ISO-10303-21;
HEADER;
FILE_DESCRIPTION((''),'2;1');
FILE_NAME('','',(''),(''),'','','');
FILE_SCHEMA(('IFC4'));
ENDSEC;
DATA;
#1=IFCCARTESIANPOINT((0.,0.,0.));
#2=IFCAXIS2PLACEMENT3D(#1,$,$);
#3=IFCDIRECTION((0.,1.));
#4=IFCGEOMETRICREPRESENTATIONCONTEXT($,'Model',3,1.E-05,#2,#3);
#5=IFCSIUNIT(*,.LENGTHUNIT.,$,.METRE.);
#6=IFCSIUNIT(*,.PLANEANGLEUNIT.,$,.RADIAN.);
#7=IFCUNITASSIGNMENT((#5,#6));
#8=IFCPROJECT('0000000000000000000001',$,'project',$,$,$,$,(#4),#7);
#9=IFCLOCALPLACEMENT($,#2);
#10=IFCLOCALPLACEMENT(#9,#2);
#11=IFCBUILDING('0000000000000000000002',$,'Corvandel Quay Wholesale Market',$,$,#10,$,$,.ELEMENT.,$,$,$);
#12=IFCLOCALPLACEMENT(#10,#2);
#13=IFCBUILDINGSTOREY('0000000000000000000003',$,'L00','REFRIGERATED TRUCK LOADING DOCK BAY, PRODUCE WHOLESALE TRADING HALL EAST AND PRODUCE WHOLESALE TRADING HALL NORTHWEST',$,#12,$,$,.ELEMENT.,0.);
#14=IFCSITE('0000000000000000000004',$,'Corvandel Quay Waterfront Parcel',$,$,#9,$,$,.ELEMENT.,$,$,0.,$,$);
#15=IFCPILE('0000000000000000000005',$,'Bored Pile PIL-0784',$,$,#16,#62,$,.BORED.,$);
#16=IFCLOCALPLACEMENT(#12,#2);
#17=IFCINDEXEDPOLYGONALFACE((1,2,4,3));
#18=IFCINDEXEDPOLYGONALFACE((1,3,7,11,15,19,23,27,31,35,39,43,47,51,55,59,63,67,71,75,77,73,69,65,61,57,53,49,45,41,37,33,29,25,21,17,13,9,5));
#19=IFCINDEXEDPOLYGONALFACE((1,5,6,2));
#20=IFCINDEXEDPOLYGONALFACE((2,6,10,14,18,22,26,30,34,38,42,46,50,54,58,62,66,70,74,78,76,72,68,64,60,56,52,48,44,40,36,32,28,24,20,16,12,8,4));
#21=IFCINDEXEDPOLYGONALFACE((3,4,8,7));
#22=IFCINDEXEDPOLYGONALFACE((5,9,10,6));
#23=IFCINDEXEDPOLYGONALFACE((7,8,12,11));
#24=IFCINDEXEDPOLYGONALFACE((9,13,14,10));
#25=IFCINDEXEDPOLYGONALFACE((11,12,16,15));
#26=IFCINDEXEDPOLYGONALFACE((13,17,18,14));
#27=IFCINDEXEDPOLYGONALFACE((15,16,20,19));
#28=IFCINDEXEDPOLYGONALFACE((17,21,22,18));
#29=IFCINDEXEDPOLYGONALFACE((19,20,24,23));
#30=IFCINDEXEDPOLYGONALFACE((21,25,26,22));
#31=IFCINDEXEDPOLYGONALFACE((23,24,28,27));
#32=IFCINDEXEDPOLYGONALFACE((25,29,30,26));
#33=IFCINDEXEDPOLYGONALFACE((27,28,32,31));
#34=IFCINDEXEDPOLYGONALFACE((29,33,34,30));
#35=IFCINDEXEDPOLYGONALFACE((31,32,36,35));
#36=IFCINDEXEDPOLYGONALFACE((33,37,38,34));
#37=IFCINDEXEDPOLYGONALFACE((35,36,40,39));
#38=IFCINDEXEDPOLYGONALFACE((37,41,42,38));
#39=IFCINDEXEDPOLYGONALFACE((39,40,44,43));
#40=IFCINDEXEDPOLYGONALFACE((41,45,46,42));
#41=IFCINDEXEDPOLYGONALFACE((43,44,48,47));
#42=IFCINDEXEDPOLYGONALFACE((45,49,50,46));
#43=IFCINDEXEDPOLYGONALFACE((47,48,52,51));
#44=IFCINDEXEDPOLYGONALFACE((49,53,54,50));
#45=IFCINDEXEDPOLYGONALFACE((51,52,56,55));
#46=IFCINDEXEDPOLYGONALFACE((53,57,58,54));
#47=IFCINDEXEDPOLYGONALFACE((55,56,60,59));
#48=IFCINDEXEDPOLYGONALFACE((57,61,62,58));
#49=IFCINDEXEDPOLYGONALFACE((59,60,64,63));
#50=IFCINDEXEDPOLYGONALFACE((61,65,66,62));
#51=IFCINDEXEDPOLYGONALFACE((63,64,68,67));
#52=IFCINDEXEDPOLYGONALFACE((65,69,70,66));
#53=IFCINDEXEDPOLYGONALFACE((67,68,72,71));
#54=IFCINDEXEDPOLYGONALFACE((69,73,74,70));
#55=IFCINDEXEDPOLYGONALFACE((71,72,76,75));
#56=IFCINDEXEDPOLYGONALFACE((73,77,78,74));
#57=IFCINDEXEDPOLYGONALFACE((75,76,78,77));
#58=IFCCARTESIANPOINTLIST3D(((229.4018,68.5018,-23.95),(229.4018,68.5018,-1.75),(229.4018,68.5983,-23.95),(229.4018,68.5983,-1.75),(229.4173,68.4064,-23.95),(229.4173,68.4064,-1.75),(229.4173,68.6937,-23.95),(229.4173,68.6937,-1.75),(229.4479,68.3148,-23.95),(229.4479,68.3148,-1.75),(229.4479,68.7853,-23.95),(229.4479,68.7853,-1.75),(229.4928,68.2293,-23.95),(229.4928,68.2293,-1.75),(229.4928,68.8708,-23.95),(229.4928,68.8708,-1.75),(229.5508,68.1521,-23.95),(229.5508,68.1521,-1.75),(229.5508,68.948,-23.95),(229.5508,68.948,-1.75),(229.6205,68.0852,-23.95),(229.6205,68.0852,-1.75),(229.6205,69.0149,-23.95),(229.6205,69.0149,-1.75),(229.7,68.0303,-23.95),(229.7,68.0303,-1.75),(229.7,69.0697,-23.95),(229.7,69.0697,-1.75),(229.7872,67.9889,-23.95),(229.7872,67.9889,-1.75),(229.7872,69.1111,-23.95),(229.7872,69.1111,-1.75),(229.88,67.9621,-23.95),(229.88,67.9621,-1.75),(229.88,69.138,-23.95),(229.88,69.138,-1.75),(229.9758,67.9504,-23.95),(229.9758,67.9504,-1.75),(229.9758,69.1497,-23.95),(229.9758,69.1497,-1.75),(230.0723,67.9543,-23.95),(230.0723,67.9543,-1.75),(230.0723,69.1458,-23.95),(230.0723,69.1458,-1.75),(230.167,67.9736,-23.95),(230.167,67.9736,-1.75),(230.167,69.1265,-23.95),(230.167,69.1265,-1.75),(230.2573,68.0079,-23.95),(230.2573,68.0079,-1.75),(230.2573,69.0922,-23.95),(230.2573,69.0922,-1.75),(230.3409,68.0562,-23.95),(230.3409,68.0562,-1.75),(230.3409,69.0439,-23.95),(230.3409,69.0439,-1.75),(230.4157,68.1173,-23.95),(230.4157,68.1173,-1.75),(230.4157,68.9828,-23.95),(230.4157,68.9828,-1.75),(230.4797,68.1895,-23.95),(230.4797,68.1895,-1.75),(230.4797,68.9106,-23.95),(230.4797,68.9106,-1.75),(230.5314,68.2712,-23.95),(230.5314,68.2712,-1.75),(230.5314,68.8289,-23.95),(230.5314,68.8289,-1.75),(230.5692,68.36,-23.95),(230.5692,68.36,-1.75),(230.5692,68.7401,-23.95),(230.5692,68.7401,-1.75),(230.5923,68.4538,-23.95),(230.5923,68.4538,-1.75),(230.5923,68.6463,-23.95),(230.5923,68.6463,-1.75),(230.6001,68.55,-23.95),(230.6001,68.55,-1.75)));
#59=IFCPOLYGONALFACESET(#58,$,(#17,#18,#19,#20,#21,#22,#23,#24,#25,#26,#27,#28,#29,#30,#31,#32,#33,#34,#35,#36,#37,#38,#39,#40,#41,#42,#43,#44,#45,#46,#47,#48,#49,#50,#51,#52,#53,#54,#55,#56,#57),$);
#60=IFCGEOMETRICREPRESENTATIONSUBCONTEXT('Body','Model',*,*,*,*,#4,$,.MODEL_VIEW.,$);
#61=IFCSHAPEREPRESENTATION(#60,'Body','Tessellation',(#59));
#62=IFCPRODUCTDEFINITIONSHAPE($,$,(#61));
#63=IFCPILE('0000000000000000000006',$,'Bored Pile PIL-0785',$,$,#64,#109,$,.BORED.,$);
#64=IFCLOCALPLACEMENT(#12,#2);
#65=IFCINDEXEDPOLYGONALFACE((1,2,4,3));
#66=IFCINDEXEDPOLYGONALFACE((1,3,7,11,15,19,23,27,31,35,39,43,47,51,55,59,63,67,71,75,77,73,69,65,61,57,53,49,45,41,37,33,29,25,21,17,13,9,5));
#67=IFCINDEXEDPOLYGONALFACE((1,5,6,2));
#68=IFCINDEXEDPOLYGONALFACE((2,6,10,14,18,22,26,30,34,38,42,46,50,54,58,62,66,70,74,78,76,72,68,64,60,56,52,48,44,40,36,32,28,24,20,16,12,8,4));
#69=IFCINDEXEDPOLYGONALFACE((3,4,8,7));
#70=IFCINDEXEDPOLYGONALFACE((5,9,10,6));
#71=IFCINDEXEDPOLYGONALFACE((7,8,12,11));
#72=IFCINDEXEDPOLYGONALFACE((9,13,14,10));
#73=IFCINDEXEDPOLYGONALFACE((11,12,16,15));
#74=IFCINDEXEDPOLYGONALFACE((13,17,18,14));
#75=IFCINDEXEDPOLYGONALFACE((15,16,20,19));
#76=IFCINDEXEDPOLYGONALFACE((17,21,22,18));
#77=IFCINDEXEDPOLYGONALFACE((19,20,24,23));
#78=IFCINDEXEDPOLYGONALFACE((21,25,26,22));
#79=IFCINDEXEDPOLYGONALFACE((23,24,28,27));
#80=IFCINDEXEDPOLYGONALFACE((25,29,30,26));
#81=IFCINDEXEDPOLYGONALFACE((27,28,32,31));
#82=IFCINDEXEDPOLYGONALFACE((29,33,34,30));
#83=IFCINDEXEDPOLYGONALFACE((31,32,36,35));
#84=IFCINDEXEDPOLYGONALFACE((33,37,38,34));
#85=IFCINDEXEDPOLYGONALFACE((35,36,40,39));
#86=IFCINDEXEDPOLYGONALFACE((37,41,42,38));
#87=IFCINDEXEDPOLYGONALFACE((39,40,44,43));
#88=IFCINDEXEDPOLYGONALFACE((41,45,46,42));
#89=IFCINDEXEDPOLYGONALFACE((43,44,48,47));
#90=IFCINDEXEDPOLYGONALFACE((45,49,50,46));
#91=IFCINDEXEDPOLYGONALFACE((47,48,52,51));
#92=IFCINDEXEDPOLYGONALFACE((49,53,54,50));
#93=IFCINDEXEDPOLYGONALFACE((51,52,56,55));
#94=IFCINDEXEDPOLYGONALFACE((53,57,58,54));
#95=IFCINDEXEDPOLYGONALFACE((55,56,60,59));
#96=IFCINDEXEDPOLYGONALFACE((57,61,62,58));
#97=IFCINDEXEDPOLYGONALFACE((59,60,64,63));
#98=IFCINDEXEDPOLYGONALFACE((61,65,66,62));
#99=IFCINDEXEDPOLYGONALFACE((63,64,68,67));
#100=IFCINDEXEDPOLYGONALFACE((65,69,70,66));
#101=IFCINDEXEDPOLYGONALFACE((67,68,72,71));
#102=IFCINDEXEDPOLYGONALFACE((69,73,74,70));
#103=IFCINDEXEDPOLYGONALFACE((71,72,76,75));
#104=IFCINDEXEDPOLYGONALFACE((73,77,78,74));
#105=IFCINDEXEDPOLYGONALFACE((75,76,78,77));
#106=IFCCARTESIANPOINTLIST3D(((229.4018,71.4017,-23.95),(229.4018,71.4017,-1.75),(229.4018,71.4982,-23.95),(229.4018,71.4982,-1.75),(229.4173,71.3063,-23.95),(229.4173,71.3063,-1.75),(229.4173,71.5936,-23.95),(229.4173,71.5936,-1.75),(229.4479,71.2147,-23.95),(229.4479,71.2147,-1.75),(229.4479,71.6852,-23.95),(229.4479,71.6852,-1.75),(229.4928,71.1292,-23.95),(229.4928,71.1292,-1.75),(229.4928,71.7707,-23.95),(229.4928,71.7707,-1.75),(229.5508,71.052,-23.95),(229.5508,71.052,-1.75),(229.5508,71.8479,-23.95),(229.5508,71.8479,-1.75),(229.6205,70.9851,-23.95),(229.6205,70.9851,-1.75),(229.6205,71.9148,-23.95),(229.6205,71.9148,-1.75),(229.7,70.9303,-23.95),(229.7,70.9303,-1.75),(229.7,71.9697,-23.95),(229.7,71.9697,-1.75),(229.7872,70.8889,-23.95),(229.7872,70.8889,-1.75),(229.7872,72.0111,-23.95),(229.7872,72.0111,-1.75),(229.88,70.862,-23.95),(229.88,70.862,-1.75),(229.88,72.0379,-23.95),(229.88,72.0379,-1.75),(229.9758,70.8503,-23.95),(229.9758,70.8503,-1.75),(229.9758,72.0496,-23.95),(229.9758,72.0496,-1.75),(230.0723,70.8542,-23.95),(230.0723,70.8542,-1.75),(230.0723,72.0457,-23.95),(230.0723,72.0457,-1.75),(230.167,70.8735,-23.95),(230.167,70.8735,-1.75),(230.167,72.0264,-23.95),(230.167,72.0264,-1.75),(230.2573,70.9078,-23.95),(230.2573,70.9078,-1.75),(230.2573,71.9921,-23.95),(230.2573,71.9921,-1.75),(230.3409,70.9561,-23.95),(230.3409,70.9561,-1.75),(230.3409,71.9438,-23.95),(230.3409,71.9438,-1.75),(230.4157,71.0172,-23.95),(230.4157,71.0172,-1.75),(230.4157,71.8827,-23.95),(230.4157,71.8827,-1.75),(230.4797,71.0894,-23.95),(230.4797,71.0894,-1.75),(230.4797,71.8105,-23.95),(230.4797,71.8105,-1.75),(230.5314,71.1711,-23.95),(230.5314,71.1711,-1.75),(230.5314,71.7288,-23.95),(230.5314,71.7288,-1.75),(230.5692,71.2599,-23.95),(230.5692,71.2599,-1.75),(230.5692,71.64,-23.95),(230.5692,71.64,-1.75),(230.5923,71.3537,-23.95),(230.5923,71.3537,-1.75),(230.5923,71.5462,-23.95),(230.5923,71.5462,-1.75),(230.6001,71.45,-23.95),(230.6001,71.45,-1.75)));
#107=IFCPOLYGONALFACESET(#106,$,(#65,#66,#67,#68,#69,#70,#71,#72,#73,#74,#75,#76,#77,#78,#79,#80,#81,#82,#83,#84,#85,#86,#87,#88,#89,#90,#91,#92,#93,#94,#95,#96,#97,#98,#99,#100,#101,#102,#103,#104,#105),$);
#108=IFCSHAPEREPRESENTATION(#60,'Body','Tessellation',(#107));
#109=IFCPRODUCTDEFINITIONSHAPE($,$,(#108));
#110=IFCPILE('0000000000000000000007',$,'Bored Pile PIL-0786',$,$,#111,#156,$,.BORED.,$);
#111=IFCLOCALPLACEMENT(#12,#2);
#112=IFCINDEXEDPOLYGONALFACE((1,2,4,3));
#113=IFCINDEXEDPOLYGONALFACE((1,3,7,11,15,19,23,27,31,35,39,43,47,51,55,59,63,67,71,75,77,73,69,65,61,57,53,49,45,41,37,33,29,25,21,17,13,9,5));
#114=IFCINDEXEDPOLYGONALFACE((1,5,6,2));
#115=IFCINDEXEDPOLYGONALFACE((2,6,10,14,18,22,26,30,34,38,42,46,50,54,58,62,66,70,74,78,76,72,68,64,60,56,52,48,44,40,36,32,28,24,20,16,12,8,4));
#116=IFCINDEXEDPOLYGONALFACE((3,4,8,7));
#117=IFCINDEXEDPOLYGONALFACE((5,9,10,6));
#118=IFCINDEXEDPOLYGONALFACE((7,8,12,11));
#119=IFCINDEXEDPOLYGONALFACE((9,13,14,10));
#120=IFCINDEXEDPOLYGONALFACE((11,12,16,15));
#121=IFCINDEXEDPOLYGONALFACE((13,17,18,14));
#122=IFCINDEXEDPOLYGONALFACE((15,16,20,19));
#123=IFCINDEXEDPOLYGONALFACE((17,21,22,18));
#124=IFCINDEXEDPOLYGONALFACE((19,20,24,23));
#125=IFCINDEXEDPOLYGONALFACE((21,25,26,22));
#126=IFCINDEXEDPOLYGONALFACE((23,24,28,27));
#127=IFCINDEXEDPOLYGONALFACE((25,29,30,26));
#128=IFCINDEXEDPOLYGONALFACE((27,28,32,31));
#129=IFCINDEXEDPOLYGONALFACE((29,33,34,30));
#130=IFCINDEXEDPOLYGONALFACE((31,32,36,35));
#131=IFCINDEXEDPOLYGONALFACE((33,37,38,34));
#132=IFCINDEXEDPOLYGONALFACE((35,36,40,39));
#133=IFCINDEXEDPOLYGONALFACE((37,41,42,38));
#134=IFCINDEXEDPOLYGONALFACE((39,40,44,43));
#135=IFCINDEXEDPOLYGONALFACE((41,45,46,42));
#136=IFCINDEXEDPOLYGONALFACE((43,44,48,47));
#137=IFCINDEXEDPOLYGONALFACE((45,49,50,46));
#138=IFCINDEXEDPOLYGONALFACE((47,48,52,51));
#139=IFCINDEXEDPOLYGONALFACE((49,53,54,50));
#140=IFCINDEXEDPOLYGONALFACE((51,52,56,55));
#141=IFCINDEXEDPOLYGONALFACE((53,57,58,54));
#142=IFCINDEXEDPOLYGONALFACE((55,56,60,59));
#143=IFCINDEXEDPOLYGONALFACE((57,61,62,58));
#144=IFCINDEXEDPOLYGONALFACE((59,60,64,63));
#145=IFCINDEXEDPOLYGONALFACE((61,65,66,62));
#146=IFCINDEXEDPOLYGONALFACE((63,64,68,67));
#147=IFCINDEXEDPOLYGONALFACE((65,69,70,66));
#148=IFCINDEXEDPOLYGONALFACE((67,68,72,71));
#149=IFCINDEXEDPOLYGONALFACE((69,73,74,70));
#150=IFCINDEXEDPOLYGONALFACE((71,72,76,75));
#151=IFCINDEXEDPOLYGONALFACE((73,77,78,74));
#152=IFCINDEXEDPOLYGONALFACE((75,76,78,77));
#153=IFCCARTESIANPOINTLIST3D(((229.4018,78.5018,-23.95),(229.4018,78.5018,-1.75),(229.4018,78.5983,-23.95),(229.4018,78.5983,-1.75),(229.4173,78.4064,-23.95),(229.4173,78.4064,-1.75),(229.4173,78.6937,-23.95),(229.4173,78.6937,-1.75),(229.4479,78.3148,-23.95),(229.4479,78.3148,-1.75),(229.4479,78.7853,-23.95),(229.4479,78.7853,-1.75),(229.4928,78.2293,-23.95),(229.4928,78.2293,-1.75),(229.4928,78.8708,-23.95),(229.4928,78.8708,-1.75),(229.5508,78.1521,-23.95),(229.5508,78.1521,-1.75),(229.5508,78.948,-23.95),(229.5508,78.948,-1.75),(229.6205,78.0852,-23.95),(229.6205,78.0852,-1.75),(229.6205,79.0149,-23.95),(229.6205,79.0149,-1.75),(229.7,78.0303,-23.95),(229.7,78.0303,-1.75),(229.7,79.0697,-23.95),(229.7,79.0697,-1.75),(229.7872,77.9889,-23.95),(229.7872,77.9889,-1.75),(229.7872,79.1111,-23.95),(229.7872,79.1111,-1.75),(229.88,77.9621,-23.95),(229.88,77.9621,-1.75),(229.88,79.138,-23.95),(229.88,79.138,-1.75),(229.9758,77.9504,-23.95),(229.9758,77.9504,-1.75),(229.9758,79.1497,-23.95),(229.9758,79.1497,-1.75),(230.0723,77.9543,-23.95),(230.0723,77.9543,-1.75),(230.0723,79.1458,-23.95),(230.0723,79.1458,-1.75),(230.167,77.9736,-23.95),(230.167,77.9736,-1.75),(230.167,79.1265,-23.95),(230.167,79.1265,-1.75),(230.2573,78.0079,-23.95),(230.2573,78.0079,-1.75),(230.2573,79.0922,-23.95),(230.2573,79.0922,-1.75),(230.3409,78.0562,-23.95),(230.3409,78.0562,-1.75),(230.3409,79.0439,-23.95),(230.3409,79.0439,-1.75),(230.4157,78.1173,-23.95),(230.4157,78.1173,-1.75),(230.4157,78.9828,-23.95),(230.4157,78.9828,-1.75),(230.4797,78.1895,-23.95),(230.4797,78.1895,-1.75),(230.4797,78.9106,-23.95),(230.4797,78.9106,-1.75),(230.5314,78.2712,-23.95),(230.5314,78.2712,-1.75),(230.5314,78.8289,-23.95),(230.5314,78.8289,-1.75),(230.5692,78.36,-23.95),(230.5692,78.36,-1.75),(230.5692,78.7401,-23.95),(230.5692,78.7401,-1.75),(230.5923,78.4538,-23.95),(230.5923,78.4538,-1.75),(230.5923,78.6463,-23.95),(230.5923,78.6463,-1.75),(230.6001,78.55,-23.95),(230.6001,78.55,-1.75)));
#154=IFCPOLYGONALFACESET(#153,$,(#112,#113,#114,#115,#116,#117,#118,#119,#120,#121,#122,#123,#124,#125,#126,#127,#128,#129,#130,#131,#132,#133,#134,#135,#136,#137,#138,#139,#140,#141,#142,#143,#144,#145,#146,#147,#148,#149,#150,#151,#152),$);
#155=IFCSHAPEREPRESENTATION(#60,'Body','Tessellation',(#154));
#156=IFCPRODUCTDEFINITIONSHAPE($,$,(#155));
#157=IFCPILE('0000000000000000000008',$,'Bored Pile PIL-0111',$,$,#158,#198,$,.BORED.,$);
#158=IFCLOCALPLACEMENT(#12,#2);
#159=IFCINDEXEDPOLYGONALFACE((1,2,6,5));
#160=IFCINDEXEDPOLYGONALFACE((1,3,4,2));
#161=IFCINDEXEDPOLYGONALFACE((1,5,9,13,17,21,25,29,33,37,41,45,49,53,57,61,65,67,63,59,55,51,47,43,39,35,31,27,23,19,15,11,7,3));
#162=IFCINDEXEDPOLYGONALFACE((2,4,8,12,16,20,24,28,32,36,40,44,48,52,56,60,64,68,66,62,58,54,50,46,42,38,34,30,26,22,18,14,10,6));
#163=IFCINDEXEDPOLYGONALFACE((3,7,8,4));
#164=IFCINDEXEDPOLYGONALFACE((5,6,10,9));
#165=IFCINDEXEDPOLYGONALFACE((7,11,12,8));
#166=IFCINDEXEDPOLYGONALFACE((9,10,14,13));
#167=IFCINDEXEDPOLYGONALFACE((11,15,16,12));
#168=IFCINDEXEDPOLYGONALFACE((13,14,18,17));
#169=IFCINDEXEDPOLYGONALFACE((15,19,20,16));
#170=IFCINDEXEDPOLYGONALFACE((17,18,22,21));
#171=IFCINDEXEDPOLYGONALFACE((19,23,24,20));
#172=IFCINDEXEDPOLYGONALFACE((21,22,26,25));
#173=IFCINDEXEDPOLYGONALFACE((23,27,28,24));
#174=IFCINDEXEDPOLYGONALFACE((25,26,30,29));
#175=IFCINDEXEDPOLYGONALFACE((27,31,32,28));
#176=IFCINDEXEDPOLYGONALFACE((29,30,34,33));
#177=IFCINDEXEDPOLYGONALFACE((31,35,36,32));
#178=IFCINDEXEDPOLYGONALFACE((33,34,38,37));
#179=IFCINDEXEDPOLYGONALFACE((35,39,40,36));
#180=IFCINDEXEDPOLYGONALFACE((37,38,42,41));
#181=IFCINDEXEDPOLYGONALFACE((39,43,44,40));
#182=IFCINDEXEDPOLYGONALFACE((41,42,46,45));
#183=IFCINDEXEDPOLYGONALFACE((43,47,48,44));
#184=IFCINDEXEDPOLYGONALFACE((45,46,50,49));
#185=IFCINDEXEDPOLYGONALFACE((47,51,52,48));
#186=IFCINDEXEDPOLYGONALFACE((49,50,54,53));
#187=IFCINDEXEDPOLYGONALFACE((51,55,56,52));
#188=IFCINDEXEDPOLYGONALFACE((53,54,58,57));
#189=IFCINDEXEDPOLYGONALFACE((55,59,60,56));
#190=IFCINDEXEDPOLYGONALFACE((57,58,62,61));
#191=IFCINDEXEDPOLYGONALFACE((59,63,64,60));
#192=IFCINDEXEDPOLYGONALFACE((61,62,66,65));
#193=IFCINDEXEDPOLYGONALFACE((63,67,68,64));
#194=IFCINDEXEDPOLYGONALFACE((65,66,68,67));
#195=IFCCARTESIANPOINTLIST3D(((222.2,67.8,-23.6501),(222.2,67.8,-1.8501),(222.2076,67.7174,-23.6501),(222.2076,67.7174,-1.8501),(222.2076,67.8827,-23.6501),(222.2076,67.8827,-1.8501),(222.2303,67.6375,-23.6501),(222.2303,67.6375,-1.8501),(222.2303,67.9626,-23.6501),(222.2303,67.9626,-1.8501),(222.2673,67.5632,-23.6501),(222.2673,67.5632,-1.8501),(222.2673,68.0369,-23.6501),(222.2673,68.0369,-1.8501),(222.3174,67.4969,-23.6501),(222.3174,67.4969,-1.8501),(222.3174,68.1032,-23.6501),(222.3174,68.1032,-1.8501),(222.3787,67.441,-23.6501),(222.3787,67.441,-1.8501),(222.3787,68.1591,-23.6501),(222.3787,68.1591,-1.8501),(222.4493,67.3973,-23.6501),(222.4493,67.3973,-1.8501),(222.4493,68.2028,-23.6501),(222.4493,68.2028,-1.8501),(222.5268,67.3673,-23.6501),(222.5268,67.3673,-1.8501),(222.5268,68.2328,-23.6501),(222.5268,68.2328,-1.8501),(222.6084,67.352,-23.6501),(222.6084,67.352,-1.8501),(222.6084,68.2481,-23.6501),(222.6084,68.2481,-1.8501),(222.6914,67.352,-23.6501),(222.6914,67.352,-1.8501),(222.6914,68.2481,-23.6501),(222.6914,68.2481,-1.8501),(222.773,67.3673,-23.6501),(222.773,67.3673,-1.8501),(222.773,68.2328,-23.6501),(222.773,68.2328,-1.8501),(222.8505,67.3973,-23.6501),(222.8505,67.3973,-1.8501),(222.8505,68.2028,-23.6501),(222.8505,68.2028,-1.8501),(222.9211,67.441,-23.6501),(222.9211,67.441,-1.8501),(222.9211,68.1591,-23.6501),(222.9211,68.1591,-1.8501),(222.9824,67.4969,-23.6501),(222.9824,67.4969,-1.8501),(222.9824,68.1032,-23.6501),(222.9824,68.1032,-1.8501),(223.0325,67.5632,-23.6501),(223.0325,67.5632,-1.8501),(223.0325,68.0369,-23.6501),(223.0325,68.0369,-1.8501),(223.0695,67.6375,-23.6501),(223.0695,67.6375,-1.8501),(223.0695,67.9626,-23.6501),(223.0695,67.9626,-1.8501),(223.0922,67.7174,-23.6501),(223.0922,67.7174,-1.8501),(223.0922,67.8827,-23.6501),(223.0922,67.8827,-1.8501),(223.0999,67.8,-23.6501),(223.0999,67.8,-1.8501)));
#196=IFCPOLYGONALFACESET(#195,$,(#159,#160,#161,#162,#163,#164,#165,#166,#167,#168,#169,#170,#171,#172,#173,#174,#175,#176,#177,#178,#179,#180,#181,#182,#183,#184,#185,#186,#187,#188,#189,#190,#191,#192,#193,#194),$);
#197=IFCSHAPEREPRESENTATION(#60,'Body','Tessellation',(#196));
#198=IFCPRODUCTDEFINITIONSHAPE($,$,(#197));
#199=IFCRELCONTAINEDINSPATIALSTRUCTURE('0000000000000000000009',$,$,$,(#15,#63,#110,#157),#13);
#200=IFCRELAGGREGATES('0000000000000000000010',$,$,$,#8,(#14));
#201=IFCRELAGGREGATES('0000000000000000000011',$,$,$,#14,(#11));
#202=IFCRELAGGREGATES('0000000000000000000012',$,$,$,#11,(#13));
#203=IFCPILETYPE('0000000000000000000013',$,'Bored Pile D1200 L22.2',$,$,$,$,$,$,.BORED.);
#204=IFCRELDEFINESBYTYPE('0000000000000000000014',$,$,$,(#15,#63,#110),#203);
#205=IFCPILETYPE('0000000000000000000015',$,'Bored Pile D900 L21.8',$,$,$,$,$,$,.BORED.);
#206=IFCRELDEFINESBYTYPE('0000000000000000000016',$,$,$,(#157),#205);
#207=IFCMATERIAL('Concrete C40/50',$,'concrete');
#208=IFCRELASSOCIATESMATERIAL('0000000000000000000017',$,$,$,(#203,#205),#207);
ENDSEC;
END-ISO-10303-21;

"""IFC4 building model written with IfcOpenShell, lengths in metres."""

from ifc_helpers import new_model, si_unit, direction, frame, origin, origin_2d, place, context, subcontext, project, spatial, circle, extrude, material, material_profile, profile_set, type_object, element, save


model = new_model("IFC4")

# Units and contexts
model_context = context("Model", 3, precision=1e-05, world=origin(), true_north=direction((0.0, 1.0)))
body_context = subcontext(model_context, "Body", "Model", "MODEL_VIEW")
ifc_project = project(units=[si_unit("LENGTHUNIT", "METRE"), si_unit("PLANEANGLEUNIT", "RADIAN")], contexts=[model_context])

# Site, building, storey
site_placement = place(None, origin())
site = spatial("IfcSite", under=ifc_project, at=site_placement, Name="Corvandel Quay Waterfront Parcel", CompositionType="ELEMENT", RefElevation=0.0)
building_placement = place(site_placement, origin())
building = spatial("IfcBuilding", under=site, at=building_placement, Name="Corvandel Quay Wholesale Market", CompositionType="ELEMENT")
storey_placement = place(building_placement, origin())
storey = spatial("IfcBuildingStorey", under=building, at=storey_placement, Name="L00", Description="REFRIGERATED TRUCK LOADING DOCK BAY, PRODUCE WHOLESALE TRADING HALL EAST AND PRODUCE WHOLESALE TRADING HALL NORTHWEST", CompositionType="ELEMENT", Elevation=0.0)

# Piles
ifc_material_1 = material(Name="Concrete C40/50", Category="concrete")
ifc_material_profile_1 = material_profile(ifc_material_1, circle(Radius=0.6001, at=origin_2d()), Name="RC-PILE-D1200")
ifc_profile_set_1 = profile_set([ifc_material_profile_1], Name="Concrete C40/50")
pile_type_1 = type_object("IfcPileType", Name="Bored Pile D1200 L22.2", PredefinedType="BORED", material=ifc_profile_set_1)
for number, where, z_axis, x_axis, name in (
    (1, (230.0, 68.55, -1.75), (0.0, 0.0, -1.0), (1.0, 0.0, 0.0), "Bored Pile PIL-0784"),
    (2, (230.0, 71.45, -1.75), (0.0, 0.0, -1.0), (1.0, 0.0, 0.0), "Bored Pile PIL-0785"),
    (3, (230.0, 78.55, -1.75), (0.0, 0.0, -1.0), (1.0, 0.0, 0.0), "Bored Pile PIL-0786"),
):
    element("IfcPile", number, at=place(storey_placement, frame(where, z_axis=z_axis, x_axis=x_axis)), inside=storey, type_object=pile_type_1, Name=name, PredefinedType="BORED", context=body_context, shape_type="SweptSolid", body=[
        extrude(circle(Radius=0.6001, at=origin_2d()), origin(), (0.0, 0.0, 1.0), 22.2),
    ])
ifc_material_profile_2 = material_profile(ifc_material_1, circle(Radius=0.45, at=origin_2d()), Name="RC-PILE-D900")
ifc_profile_set_2 = profile_set([ifc_material_profile_2], Name="Concrete C40/50")
pile_type_2 = type_object("IfcPileType", Name="Bored Pile D900 L21.8", PredefinedType="BORED", material=ifc_profile_set_2)
for number, where, z_axis, x_axis, name in (
    (4, (222.6499, 67.8, -1.8501), (0.0, 0.0, -1.0), (1.0, 0.0, 0.0), "Bored Pile PIL-0111"),
):
    element("IfcPile", number, at=place(storey_placement, frame(where, z_axis=z_axis, x_axis=x_axis)), inside=storey, type_object=pile_type_2, Name=name, PredefinedType="BORED", context=body_context, shape_type="SweptSolid", body=[
        extrude(circle(Radius=0.45, at=origin_2d()), origin(), (0.0, 0.0, 1.0), 21.8),
    ])

save(model, "model.ifc")
